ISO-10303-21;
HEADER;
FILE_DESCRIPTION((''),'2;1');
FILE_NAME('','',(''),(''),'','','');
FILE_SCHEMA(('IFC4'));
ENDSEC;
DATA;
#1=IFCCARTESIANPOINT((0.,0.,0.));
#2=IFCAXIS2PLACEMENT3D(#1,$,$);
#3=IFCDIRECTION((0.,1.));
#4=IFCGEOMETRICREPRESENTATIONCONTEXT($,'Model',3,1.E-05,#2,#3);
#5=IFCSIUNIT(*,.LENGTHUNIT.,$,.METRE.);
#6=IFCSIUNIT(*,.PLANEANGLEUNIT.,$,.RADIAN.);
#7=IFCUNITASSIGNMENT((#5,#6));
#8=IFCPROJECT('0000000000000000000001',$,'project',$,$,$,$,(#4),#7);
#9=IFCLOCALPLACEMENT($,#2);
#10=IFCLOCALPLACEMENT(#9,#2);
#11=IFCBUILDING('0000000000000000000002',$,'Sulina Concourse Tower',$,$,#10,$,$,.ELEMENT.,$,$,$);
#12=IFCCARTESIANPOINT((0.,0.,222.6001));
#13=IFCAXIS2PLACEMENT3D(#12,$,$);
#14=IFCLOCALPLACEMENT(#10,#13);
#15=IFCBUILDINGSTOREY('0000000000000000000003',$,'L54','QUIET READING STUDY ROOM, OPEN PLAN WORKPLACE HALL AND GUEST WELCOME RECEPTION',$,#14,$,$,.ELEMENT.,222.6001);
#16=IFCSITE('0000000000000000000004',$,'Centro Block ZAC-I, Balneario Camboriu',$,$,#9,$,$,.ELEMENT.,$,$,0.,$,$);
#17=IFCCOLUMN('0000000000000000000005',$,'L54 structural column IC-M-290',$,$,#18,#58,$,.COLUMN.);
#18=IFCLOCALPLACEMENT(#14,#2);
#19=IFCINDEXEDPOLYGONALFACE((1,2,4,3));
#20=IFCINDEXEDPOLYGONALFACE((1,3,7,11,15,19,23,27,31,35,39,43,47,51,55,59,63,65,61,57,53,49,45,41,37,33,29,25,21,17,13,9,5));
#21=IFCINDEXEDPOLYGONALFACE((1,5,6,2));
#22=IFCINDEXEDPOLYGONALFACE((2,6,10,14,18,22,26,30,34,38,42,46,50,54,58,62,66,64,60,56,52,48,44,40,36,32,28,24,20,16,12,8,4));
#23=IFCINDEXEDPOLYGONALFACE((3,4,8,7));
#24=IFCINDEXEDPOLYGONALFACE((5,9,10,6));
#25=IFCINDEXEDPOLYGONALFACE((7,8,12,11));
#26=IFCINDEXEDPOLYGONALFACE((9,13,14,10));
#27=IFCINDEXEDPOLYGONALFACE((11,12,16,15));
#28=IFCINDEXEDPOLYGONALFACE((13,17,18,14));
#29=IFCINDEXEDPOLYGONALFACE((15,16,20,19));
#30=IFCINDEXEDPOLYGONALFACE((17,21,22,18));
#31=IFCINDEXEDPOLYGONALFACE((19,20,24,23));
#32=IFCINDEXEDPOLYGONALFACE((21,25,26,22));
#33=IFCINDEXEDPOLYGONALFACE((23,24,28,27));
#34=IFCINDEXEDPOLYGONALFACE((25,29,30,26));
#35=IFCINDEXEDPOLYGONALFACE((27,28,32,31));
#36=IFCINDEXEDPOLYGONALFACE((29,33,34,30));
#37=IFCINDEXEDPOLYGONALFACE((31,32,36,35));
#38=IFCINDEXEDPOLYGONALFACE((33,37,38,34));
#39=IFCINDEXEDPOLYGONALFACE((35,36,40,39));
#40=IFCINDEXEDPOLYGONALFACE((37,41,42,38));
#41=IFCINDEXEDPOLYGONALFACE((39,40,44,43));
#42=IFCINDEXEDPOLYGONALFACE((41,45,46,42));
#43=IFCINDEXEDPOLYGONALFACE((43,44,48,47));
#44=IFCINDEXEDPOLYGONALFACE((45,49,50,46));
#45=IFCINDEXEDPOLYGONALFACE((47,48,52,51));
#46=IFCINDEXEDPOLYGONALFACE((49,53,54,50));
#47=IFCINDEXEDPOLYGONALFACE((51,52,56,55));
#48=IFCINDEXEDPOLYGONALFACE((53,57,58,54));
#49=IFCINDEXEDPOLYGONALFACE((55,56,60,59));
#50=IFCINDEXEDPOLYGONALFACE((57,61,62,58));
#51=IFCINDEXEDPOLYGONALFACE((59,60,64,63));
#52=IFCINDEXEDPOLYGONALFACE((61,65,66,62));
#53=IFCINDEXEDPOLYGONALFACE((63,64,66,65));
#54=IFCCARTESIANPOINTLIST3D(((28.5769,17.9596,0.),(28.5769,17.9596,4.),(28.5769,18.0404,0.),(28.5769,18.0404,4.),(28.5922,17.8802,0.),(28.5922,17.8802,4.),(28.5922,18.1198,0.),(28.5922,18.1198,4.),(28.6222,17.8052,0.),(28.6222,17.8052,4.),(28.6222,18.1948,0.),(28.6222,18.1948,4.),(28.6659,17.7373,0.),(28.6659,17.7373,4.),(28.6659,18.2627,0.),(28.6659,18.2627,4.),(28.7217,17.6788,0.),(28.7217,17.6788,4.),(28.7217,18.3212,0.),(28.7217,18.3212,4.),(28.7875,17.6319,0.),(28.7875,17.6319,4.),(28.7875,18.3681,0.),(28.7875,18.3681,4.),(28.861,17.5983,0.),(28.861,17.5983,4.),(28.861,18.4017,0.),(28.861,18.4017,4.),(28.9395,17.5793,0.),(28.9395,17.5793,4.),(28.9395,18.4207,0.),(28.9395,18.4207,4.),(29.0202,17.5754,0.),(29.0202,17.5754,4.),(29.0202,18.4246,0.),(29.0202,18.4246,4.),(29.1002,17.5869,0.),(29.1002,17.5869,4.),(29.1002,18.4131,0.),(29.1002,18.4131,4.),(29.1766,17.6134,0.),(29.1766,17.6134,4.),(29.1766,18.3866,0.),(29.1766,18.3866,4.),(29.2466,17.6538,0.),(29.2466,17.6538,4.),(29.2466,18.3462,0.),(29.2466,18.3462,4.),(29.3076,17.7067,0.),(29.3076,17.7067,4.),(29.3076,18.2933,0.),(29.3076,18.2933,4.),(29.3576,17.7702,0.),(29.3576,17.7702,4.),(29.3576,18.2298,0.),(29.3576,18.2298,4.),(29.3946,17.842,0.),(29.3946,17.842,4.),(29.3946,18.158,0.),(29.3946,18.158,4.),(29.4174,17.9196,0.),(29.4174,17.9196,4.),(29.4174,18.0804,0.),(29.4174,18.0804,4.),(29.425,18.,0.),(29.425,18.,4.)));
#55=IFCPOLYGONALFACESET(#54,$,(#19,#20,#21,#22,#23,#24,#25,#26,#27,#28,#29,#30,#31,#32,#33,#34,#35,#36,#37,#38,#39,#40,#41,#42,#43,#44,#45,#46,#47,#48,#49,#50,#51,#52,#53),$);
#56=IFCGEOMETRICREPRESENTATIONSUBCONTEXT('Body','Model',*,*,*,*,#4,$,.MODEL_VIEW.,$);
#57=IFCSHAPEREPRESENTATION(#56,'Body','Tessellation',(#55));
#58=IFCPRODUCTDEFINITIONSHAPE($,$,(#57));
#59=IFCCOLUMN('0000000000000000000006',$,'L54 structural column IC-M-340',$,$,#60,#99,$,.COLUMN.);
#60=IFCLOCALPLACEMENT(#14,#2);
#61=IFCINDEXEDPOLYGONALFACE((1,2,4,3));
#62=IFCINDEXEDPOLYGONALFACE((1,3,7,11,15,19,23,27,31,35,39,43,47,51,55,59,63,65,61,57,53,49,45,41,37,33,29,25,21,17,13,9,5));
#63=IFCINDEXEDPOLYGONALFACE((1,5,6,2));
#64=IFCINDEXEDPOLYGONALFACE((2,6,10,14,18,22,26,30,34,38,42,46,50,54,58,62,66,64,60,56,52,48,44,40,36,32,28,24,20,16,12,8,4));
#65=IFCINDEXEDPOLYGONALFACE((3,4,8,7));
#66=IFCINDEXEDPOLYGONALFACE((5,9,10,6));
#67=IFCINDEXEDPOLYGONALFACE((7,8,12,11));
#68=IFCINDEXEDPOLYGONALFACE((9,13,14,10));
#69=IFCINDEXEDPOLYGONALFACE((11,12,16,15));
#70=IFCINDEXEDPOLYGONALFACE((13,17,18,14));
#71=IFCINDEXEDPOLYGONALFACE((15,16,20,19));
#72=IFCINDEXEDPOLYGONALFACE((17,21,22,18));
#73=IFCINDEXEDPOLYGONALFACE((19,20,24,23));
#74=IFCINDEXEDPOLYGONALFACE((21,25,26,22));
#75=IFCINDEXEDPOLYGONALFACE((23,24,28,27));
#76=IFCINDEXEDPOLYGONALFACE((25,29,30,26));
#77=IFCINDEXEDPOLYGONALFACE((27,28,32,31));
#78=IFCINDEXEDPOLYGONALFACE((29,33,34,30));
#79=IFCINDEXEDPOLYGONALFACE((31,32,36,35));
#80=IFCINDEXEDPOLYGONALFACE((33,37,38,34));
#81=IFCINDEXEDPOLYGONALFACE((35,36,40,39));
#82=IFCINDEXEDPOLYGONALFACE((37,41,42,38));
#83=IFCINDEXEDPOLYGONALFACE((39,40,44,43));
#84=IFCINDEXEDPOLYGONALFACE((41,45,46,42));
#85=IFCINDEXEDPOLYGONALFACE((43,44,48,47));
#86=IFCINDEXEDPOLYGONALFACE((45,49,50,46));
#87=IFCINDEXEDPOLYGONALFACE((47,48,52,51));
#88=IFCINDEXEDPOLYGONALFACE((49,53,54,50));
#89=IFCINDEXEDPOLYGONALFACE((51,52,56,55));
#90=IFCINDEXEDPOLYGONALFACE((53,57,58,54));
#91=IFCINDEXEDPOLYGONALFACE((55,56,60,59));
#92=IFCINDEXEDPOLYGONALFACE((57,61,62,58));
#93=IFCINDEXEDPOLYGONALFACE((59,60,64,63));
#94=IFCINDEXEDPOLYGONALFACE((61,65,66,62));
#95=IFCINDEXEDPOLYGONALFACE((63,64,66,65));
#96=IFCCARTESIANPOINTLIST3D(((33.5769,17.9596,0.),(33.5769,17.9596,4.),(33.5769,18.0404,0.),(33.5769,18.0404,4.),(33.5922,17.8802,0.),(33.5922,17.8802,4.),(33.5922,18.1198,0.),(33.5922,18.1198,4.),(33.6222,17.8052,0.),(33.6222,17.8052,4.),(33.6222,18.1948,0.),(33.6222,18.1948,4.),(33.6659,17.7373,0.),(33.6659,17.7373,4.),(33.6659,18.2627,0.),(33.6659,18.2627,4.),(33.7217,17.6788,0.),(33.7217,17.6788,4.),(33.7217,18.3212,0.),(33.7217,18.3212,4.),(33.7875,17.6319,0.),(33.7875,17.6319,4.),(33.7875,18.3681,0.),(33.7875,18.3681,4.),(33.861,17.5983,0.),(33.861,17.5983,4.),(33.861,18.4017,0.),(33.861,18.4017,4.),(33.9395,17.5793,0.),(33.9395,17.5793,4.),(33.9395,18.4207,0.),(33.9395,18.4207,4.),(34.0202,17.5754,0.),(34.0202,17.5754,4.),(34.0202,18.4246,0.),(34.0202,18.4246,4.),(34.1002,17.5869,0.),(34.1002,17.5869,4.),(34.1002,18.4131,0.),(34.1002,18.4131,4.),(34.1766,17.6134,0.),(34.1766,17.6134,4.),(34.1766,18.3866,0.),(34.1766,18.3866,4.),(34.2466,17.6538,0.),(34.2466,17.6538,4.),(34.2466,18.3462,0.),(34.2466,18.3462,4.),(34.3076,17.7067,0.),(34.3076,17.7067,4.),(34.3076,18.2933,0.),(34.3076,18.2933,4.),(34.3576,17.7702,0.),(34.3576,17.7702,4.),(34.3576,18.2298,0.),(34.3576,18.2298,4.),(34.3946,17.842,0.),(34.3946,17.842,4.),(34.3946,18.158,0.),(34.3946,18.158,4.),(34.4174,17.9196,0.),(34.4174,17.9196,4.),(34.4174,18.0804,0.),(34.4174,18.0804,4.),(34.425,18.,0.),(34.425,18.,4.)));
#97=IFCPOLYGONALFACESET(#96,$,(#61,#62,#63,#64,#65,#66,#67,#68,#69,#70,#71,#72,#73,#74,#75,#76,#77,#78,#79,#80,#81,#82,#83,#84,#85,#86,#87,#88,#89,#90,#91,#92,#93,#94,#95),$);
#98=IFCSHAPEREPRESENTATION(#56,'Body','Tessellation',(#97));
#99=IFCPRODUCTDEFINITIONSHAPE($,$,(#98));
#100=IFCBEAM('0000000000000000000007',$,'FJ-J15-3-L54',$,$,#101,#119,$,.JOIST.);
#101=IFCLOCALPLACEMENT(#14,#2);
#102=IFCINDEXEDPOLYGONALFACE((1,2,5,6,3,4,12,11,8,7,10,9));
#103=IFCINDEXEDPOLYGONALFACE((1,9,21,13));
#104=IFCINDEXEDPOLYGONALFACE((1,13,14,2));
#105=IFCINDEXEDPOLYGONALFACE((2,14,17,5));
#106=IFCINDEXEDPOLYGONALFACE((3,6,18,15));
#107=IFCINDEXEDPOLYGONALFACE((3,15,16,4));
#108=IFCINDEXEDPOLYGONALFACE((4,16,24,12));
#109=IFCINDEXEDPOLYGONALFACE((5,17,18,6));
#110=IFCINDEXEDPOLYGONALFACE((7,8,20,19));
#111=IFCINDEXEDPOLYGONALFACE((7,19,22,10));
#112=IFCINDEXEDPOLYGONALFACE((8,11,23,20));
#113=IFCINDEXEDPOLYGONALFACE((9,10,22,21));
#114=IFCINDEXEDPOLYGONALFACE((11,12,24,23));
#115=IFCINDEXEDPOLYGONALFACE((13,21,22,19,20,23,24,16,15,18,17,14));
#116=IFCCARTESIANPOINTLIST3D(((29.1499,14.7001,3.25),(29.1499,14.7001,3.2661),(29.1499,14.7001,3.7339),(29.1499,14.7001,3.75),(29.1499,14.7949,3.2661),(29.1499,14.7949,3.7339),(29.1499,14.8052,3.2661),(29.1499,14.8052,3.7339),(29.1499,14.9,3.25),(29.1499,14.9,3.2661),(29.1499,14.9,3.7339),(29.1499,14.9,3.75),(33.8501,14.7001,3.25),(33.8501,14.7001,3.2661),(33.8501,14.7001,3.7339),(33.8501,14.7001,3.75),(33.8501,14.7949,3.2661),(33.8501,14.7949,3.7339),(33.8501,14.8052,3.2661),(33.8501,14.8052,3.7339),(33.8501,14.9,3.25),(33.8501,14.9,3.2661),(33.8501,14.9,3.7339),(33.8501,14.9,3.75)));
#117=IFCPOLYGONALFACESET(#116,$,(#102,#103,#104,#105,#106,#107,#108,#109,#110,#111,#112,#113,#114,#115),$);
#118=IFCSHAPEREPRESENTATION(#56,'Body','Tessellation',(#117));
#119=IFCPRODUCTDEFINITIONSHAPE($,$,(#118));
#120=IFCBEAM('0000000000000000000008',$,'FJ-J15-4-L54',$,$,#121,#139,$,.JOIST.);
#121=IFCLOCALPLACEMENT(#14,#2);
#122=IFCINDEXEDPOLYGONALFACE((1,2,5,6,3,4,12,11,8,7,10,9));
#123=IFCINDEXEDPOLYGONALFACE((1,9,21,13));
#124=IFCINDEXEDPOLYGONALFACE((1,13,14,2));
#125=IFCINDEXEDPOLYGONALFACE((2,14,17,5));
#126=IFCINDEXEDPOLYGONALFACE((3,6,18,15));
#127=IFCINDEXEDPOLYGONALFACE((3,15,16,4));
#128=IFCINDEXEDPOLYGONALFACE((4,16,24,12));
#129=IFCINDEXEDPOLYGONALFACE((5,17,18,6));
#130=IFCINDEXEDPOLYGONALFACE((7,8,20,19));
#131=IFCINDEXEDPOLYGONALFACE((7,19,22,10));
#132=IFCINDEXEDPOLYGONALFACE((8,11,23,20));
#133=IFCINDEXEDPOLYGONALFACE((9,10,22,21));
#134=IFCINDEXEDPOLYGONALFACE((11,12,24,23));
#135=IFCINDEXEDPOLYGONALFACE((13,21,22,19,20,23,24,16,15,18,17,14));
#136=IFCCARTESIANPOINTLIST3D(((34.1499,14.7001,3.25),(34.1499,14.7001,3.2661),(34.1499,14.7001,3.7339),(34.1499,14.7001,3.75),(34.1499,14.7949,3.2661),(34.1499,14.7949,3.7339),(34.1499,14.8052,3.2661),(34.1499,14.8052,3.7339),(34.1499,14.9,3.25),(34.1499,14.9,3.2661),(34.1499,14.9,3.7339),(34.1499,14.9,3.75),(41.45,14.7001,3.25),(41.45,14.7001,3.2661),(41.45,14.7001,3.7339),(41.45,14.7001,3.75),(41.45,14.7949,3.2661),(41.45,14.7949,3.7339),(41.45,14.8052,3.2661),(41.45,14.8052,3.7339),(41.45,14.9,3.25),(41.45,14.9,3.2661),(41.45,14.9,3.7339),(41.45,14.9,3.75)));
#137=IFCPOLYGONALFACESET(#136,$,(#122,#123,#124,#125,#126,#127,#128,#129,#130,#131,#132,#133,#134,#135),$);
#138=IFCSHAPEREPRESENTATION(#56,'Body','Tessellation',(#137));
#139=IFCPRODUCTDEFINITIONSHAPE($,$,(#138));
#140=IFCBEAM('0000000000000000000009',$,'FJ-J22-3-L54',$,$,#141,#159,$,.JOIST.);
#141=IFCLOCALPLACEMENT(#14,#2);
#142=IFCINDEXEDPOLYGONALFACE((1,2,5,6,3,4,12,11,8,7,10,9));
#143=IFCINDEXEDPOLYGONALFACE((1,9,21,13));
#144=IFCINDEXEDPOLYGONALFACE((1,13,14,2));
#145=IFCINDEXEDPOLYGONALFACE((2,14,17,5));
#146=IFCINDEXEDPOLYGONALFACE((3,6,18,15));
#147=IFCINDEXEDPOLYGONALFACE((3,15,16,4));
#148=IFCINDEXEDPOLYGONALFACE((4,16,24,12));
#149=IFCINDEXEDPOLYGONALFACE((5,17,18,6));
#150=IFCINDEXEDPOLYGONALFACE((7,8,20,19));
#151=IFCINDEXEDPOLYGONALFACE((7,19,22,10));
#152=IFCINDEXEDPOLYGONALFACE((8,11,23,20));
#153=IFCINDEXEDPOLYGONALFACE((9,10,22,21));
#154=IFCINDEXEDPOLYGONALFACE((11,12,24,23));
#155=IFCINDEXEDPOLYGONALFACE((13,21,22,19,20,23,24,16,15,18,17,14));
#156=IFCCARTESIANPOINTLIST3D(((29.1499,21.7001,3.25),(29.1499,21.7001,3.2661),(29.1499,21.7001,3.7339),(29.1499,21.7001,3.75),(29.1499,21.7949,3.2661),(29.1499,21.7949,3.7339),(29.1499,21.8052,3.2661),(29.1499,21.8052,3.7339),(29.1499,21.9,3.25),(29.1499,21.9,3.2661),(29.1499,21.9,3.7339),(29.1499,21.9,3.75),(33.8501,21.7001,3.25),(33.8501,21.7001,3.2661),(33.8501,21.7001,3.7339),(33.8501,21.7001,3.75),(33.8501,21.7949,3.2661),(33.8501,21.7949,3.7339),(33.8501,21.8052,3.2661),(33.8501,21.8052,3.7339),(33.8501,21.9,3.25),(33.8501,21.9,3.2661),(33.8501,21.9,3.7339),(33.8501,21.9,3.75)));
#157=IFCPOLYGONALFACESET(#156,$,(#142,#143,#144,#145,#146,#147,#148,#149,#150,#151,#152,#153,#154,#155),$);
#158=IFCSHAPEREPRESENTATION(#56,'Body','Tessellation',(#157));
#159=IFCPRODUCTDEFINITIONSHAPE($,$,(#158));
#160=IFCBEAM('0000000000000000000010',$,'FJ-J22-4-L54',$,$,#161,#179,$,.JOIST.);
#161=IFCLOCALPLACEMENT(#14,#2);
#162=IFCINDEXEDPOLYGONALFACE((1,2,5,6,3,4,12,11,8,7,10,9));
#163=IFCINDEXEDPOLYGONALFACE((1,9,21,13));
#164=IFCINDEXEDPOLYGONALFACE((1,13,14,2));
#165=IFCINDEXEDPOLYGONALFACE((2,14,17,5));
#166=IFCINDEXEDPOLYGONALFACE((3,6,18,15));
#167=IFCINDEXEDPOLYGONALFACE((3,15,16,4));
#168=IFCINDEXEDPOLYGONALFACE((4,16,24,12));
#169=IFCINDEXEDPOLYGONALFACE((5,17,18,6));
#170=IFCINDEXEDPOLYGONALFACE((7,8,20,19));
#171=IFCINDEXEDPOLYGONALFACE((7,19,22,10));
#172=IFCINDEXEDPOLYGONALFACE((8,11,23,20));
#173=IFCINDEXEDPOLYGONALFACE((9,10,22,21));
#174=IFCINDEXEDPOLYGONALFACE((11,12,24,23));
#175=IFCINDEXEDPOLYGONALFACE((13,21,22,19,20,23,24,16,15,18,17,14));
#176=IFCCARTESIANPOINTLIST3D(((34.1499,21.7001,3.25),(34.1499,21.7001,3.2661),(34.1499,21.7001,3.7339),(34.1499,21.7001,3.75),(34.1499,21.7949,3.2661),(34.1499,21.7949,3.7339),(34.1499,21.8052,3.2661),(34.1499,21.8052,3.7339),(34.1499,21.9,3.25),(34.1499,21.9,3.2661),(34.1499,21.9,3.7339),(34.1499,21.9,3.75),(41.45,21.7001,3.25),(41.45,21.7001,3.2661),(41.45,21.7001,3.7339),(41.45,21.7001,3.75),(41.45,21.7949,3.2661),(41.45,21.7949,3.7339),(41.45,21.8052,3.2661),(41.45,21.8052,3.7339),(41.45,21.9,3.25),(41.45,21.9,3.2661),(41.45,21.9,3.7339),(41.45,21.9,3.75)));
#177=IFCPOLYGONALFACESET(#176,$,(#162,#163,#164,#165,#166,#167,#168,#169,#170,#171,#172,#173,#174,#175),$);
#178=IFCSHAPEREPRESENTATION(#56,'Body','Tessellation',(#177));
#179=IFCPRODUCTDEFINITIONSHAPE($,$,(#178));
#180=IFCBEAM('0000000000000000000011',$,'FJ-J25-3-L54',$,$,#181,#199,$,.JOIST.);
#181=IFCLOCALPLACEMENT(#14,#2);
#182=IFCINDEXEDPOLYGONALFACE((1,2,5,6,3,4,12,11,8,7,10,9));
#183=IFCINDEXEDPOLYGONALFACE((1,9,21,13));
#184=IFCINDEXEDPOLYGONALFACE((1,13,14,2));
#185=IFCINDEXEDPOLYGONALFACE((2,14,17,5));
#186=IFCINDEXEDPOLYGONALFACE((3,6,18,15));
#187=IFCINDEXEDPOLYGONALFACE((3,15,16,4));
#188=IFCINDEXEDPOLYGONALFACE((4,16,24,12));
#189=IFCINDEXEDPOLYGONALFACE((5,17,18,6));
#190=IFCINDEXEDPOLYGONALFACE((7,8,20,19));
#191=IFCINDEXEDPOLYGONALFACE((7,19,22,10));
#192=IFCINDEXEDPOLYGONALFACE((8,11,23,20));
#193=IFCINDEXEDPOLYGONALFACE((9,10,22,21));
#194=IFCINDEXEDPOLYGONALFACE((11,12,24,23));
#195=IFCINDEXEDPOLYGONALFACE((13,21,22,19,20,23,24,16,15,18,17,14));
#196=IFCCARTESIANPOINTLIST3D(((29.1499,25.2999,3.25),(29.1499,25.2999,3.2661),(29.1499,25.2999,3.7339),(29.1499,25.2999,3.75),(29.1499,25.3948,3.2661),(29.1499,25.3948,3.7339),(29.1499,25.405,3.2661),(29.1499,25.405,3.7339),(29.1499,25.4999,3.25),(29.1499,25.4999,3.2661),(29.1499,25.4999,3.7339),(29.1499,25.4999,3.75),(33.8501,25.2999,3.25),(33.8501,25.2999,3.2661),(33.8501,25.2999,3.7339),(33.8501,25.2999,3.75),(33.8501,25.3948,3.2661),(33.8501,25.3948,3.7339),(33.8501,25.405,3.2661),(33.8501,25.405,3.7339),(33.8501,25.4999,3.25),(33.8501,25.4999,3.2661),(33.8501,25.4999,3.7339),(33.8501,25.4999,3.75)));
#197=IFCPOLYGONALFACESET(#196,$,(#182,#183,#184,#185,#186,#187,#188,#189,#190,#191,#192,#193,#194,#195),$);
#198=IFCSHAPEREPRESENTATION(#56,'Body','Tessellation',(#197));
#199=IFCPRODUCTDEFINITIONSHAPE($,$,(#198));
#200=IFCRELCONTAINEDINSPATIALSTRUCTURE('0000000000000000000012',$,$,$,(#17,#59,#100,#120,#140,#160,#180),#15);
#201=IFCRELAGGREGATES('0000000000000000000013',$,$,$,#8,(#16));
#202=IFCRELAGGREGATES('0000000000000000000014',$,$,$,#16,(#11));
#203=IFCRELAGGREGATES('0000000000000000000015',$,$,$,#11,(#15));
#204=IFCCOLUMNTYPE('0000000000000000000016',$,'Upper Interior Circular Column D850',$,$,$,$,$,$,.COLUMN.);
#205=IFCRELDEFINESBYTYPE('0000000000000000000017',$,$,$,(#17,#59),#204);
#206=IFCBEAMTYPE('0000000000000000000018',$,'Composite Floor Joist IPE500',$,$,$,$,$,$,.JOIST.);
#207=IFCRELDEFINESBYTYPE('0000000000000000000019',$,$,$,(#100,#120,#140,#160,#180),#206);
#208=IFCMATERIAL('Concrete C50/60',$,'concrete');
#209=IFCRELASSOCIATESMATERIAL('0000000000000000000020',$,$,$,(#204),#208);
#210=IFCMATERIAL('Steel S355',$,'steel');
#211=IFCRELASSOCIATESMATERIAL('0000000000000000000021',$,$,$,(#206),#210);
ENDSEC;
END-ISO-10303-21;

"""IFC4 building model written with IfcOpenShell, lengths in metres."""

from ifc_helpers import new_model, si_unit, direction, frame, origin, origin_2d, place, context, subcontext, project, spatial, circle, i_section, extrude, material, material_profile, profile_set, type_object, element, save


model = new_model("IFC4")

# Units and contexts
model_context = context("Model", 3, precision=1e-05, world=origin(), true_north=direction((0.0, 1.0)))
body_context = subcontext(model_context, "Body", "Model", "MODEL_VIEW")
ifc_project = project(units=[si_unit("LENGTHUNIT", "METRE"), si_unit("PLANEANGLEUNIT", "RADIAN")], contexts=[model_context])

# Site, building, storey
site_placement = place(None, origin())
site = spatial("IfcSite", under=ifc_project, at=site_placement, Name="Centro Block ZAC-I, Balneario Camboriu", CompositionType="ELEMENT", RefElevation=0.0)
building_placement = place(site_placement, origin())
building = spatial("IfcBuilding", under=site, at=building_placement, Name="Sulina Concourse Tower", CompositionType="ELEMENT")
storey_placement = place(building_placement, frame((0.0, 0.0, 222.6001)))
storey = spatial("IfcBuildingStorey", under=building, at=storey_placement, Name="L54", Description="QUIET READING STUDY ROOM, OPEN PLAN WORKPLACE HALL AND GUEST WELCOME RECEPTION", CompositionType="ELEMENT", Elevation=222.6001)

# Columns
ifc_material_1 = material(Name="Concrete C50/60", Category="concrete")
ifc_material_profile_1 = material_profile(ifc_material_1, circle(Radius=0.425, at=origin_2d()), Name="RC D850")
ifc_profile_set_1 = profile_set([ifc_material_profile_1], Name="Concrete C50/60")
column_type = type_object("IfcColumnType", Name="Upper Interior Circular Column D850", PredefinedType="COLUMN", material=ifc_profile_set_1)
for number, where, z_axis, x_axis, name in (
    (1, (29.0, 18.0, 0.0), (0.0, 0.0, 1.0), (1.0, 0.0, 0.0), "L54 structural column IC-M-290"),
    (2, (34.0, 18.0, 0.0), (0.0, 0.0, 1.0), (1.0, 0.0, 0.0), "L54 structural column IC-M-340"),
):
    element("IfcColumn", number, at=place(storey_placement, frame(where, z_axis=z_axis, x_axis=x_axis)), inside=storey, type_object=column_type, Name=name, PredefinedType="COLUMN", context=body_context, shape_type="SweptSolid", body=[
        extrude(circle(Radius=0.425, at=origin_2d()), origin(), (0.0, 0.0, 1.0), 4.0),
    ])

# Beams
ifc_material_2 = material(Name="Steel S355", Category="steel")
ifc_material_profile_2 = material_profile(ifc_material_2, i_section(OverallWidth=0.2, OverallDepth=0.5, WebThickness=0.0103, FlangeThickness=0.0161, at=origin_2d()), Name="IPE 500")
ifc_profile_set_2 = profile_set([ifc_material_profile_2], Name="Steel S355")
beam_type_1 = type_object("IfcBeamType", Name="Composite Floor Joist IPE500", PredefinedType="JOIST", material=ifc_profile_set_2)
beam_1_placement = place(storey_placement, frame((29.1499, 14.8, 3.5), z_axis=(1.0, 0.0, 0.0), x_axis=(0.0, 1.0, 0.0)))
element("IfcBeam", 3, at=beam_1_placement, inside=storey, type_object=beam_type_1, Name="FJ-J15-3-L54", PredefinedType="JOIST", context=body_context, shape_type="SweptSolid", body=[
    extrude(i_section(OverallWidth=0.2, OverallDepth=0.5, WebThickness=0.0103, FlangeThickness=0.0161, at=origin_2d()), origin(), (0.0, 0.0, 1.0), 4.7002),
])
beam_2_placement = place(storey_placement, frame((34.1499, 14.8, 3.5), z_axis=(1.0, 0.0, 0.0), x_axis=(0.0, 1.0, 0.0)))
element("IfcBeam", 4, at=beam_2_placement, inside=storey, type_object=beam_type_1, Name="FJ-J15-4-L54", PredefinedType="JOIST", context=body_context, shape_type="SweptSolid", body=[
    extrude(i_section(OverallWidth=0.2, OverallDepth=0.5, WebThickness=0.0103, FlangeThickness=0.0161, at=origin_2d()), origin(), (0.0, 0.0, 1.0), 7.3),
])
beam_3_placement = place(storey_placement, frame((29.1499, 21.8, 3.5), z_axis=(1.0, 0.0, 0.0), x_axis=(0.0, 1.0, 0.0)))
element("IfcBeam", 5, at=beam_3_placement, inside=storey, type_object=beam_type_1, Name="FJ-J22-3-L54", PredefinedType="JOIST", context=body_context, shape_type="SweptSolid", body=[
    extrude(i_section(OverallWidth=0.2, OverallDepth=0.5, WebThickness=0.0103, FlangeThickness=0.0161, at=origin_2d()), origin(), (0.0, 0.0, 1.0), 4.7002),
])
beam_4_placement = place(storey_placement, frame((34.1499, 21.8, 3.5), z_axis=(1.0, 0.0, 0.0), x_axis=(0.0, 1.0, 0.0)))
element("IfcBeam", 6, at=beam_4_placement, inside=storey, type_object=beam_type_1, Name="FJ-J22-4-L54", PredefinedType="JOIST", context=body_context, shape_type="SweptSolid", body=[
    extrude(i_section(OverallWidth=0.2, OverallDepth=0.5, WebThickness=0.0103, FlangeThickness=0.0161, at=origin_2d()), origin(), (0.0, 0.0, 1.0), 7.3),
])
beam_5_placement = place(storey_placement, frame((29.1499, 25.3999, 3.5), z_axis=(1.0, 0.0, 0.0), x_axis=(0.0, 1.0, 0.0)))
element("IfcBeam", 7, at=beam_5_placement, inside=storey, type_object=beam_type_1, Name="FJ-J25-3-L54", PredefinedType="JOIST", context=body_context, shape_type="SweptSolid", body=[
    extrude(i_section(OverallWidth=0.2, OverallDepth=0.5, WebThickness=0.0103, FlangeThickness=0.0161, at=origin_2d()), origin(), (0.0, 0.0, 1.0), 4.7002),
])

save(model, "model.ifc")
